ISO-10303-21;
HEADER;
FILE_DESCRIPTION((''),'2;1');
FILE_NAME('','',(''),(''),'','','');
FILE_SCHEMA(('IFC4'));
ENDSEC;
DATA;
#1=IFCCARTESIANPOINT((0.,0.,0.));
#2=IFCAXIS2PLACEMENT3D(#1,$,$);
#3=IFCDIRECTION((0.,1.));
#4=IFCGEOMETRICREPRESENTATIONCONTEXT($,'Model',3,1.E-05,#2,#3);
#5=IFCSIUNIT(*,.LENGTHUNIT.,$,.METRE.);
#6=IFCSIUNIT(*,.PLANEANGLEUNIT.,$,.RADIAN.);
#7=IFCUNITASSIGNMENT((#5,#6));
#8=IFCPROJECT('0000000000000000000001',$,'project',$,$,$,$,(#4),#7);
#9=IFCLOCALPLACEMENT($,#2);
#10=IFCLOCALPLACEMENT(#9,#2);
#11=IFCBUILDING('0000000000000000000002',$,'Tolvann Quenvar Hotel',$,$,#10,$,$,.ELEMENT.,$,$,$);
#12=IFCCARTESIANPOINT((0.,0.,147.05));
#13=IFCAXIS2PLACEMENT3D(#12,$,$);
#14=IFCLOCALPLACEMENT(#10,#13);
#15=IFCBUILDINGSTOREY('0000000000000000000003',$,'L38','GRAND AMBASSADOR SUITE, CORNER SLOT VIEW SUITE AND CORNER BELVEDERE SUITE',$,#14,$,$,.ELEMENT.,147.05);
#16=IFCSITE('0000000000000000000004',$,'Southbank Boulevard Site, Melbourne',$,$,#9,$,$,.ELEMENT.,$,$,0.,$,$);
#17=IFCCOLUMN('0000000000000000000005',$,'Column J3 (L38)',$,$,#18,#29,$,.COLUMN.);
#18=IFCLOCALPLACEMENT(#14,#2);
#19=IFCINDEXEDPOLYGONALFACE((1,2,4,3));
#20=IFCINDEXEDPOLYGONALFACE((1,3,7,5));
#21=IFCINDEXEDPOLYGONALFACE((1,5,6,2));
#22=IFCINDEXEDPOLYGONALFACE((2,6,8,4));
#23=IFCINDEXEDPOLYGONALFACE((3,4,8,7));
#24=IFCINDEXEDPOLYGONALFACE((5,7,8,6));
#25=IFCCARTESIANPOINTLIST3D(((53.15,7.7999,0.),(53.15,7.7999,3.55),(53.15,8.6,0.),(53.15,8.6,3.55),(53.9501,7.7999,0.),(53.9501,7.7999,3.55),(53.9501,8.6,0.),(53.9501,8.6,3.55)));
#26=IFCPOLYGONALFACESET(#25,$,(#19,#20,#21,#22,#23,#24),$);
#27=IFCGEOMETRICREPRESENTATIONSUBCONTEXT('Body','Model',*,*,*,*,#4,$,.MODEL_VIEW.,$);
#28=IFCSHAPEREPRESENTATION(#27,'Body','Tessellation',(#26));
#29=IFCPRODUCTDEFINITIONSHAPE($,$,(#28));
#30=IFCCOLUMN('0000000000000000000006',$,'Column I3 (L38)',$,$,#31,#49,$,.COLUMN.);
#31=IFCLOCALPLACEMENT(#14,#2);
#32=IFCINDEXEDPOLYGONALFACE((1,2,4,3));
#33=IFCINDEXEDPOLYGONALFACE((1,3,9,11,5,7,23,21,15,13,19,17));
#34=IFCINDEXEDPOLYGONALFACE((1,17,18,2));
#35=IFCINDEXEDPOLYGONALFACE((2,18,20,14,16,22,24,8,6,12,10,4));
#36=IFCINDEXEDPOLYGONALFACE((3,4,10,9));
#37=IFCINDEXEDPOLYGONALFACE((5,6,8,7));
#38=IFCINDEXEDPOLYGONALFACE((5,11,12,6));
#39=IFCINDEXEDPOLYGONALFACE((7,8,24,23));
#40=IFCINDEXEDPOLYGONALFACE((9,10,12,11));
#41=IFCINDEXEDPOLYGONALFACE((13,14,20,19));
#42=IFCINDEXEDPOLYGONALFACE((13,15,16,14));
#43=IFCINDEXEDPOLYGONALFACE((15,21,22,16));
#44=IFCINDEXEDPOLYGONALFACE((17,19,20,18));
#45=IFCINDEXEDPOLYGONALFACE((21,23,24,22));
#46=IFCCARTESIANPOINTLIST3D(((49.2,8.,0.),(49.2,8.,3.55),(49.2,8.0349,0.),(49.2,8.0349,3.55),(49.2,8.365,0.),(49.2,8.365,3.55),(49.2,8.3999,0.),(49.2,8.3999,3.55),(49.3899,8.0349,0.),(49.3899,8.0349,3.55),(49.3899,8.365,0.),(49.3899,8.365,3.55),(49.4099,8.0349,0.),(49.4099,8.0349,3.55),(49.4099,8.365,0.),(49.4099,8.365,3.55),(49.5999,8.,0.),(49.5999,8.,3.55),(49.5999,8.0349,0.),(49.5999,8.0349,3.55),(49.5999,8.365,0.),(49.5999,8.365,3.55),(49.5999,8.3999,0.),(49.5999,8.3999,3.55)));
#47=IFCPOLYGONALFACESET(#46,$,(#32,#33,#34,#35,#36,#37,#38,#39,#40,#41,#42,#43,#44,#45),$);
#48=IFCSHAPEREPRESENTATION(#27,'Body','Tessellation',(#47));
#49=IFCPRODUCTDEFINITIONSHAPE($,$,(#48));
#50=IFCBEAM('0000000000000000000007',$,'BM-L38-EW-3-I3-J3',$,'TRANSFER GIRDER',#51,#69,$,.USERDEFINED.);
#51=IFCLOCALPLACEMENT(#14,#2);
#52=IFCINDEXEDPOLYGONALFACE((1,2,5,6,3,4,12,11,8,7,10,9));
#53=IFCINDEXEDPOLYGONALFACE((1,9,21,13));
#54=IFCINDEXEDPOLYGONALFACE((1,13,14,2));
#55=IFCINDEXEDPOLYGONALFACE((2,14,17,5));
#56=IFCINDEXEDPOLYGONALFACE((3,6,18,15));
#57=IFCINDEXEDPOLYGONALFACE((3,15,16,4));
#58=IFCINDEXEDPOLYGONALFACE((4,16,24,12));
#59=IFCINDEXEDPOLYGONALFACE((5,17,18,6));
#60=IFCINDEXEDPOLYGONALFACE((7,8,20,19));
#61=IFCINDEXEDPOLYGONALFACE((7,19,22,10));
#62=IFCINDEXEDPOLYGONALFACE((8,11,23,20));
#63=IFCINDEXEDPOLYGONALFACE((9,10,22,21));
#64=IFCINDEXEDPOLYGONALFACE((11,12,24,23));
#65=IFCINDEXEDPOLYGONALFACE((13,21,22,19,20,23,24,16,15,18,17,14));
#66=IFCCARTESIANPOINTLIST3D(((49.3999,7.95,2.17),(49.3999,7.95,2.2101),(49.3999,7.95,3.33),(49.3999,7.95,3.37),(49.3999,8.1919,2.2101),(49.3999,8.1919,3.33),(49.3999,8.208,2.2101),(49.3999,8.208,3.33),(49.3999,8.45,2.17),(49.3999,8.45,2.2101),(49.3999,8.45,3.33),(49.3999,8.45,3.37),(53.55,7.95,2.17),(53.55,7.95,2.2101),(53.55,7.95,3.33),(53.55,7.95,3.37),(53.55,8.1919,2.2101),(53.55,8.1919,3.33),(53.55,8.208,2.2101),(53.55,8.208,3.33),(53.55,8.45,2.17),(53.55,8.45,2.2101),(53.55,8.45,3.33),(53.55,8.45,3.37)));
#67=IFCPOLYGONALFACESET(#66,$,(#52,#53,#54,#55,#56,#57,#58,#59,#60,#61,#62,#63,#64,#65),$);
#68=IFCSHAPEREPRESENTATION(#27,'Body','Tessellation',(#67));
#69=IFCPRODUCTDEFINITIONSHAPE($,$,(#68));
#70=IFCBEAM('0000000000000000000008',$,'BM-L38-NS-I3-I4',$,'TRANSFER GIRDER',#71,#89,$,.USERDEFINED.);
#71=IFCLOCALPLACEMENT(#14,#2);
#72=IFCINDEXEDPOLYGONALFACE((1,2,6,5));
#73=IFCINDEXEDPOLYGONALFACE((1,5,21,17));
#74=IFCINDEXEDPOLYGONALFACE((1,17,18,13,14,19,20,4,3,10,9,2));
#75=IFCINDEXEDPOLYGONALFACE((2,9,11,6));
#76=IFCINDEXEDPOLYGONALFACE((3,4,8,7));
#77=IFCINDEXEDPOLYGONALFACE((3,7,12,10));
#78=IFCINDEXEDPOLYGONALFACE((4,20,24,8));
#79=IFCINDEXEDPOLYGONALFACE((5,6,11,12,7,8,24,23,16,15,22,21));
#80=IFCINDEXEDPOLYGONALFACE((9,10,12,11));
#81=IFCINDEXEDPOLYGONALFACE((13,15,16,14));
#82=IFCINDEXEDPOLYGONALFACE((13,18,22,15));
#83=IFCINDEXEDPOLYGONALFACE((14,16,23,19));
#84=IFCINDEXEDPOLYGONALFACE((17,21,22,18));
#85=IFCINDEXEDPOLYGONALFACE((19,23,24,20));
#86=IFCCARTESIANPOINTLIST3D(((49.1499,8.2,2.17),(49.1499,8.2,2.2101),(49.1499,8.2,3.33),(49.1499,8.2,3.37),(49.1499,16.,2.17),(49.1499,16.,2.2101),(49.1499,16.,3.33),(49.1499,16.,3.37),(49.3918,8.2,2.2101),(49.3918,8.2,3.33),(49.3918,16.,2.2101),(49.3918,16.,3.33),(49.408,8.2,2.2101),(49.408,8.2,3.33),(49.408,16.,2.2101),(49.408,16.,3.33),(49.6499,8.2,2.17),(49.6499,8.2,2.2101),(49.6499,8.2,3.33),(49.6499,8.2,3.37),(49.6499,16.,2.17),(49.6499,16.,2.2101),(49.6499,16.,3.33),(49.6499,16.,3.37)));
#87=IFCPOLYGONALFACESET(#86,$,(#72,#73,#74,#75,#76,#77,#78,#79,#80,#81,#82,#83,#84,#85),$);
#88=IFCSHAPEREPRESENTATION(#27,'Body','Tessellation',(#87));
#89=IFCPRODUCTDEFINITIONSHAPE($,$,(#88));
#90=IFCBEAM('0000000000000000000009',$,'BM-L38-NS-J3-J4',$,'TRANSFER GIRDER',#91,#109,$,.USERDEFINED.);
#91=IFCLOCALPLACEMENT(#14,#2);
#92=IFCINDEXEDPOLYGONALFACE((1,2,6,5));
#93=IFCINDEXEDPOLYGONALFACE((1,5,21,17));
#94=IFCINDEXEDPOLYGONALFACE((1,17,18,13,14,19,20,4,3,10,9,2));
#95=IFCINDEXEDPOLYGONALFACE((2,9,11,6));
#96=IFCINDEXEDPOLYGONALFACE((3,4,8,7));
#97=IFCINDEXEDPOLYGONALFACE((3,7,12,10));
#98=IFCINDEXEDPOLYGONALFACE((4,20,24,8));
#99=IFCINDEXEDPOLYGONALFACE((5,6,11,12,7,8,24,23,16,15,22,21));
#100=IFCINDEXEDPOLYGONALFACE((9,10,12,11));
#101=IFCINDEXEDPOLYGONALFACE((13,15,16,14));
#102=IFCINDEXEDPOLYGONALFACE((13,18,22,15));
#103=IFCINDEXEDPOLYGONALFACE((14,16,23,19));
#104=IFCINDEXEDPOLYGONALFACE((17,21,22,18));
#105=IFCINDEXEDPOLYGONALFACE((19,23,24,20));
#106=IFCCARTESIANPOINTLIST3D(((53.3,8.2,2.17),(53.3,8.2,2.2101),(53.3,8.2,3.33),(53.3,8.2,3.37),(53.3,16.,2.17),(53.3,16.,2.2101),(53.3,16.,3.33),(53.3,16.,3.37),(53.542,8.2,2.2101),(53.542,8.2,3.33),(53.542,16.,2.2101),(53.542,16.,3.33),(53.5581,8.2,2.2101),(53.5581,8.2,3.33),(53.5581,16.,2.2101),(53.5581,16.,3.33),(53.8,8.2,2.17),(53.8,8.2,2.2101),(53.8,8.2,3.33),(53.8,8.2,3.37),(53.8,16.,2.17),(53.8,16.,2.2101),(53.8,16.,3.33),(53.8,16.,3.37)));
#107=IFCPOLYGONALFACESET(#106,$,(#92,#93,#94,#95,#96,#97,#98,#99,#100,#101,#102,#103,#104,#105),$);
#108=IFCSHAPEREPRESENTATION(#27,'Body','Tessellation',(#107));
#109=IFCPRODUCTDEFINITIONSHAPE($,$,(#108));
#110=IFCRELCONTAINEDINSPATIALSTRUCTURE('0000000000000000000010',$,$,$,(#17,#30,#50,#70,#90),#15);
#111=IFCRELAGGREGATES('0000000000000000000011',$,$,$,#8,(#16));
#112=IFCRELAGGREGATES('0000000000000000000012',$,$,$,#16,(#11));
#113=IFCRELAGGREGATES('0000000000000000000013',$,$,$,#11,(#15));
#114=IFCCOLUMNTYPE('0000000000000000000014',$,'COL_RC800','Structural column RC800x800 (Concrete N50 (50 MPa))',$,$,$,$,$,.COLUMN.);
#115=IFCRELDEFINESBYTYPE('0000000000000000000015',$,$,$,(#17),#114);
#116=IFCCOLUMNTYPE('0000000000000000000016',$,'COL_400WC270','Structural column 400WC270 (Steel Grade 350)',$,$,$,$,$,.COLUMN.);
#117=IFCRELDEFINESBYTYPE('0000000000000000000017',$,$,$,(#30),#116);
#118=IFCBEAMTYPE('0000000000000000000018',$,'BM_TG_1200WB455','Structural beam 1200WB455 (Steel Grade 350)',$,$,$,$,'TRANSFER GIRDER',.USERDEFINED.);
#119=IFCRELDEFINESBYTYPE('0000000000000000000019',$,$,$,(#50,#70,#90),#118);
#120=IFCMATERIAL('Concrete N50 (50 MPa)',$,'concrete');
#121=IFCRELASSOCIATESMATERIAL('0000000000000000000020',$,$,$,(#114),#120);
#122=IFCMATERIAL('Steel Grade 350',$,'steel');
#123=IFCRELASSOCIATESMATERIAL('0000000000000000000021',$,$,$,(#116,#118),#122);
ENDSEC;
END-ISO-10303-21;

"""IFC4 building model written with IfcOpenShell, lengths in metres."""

from ifc_helpers import new_model, si_unit, direction, frame, origin, origin_2d, place, context, subcontext, project, spatial, rectangle, i_section, extrude, source, transform, mapped, material, material_profile, profile_set, type_object, type_shapes, element, save


model = new_model("IFC4")

# Units and contexts
model_context = context("Model", 3, precision=1e-05, world=origin(), true_north=direction((0.0, 1.0)))
body_context = subcontext(model_context, "Body", "Model", "MODEL_VIEW")
ifc_project = project(units=[si_unit("LENGTHUNIT", "METRE"), si_unit("PLANEANGLEUNIT", "RADIAN")], contexts=[model_context])

# Site, building, storey
site_placement = place(None, origin())
site = spatial("IfcSite", under=ifc_project, at=site_placement, Name="Southbank Boulevard Site, Melbourne", CompositionType="ELEMENT", RefElevation=0.0)
building_placement = place(site_placement, origin())
building = spatial("IfcBuilding", under=site, at=building_placement, Name="Tolvann Quenvar Hotel", CompositionType="ELEMENT")
storey_placement = place(building_placement, frame((0.0, 0.0, 147.05)))
storey = spatial("IfcBuildingStorey", under=building, at=storey_placement, Name="L38", Description="GRAND AMBASSADOR SUITE, CORNER SLOT VIEW SUITE AND CORNER BELVEDERE SUITE", CompositionType="ELEMENT", Elevation=147.05)

# Columns
ifc_material_1 = material(Name="Concrete N50 (50 MPa)", Category="concrete")
ifc_material_profile_1 = material_profile(ifc_material_1, rectangle(XDim=0.8, YDim=0.8, at=origin_2d()), Name="RC800x800")
ifc_profile_set_1 = profile_set([ifc_material_profile_1], Name="Concrete N50 (50 MPa)")
column_type_1 = type_object("IfcColumnType", Name="COL_RC800", Description="Structural column RC800x800 (Concrete N50 (50 MPa))", PredefinedType="COLUMN", material=ifc_profile_set_1)
shared_shape_1 = source(origin(), body_context, "Body", "SweptSolid", [
    extrude(rectangle(XDim=0.8, YDim=0.8, at=origin_2d()), origin(), (0.0, 0.0, 1.0), 3.55),
])
type_shapes(column_type_1, [shared_shape_1])
column_1_placement = place(storey_placement, frame((53.55, 8.2, 0.0), z_axis=(0.0, 0.0, 1.0), x_axis=(1.0, 0.0, 0.0)))
element("IfcColumn", 1, at=column_1_placement, inside=storey, type_object=column_type_1, Name="Column J3 (L38)", PredefinedType="COLUMN", context=body_context, shape_type="MappedRepresentation", body=[
    mapped(shared_shape_1, transform((0.0, 0.0, 0.0), x_axis=(1.0, 0.0, 0.0), y_axis=(0.0, 1.0, 0.0), z_axis=(0.0, 0.0, 1.0), scale=1.0)),
])
ifc_material_2 = material(Name="Steel Grade 350", Category="steel")
ifc_material_profile_2 = material_profile(ifc_material_2, i_section(OverallWidth=0.3999, OverallDepth=0.3999, WebThickness=0.02, FlangeThickness=0.0349, at=origin_2d()), Name="400WC270")
ifc_profile_set_2 = profile_set([ifc_material_profile_2], Name="Steel Grade 350")
column_type_2 = type_object("IfcColumnType", Name="COL_400WC270", Description="Structural column 400WC270 (Steel Grade 350)", PredefinedType="COLUMN", material=ifc_profile_set_2)
shared_shape_2 = source(origin(), body_context, "Body", "SweptSolid", [
    extrude(i_section(OverallWidth=0.3999, OverallDepth=0.3999, WebThickness=0.02, FlangeThickness=0.0349, at=origin_2d()), origin(), (0.0, 0.0, 1.0), 3.55),
])
type_shapes(column_type_2, [shared_shape_2])
column_2_placement = place(storey_placement, frame((49.3999, 8.2, 0.0), z_axis=(0.0, 0.0, 1.0), x_axis=(1.0, 0.0, 0.0)))
element("IfcColumn", 2, at=column_2_placement, inside=storey, type_object=column_type_2, Name="Column I3 (L38)", PredefinedType="COLUMN", context=body_context, shape_type="MappedRepresentation", body=[
    mapped(shared_shape_2, transform((0.0, 0.0, 0.0), x_axis=(1.0, 0.0, 0.0), y_axis=(0.0, 1.0, 0.0), z_axis=(0.0, 0.0, 1.0), scale=1.0)),
])

# Beams
ifc_material_profile_3 = material_profile(ifc_material_2, i_section(OverallWidth=0.5, OverallDepth=1.2, WebThickness=0.0161, FlangeThickness=0.04, at=origin_2d()), Name="1200WB455")
ifc_profile_set_3 = profile_set([ifc_material_profile_3], Name="Steel Grade 350")
beam_type = type_object("IfcBeamType", Name="BM_TG_1200WB455", Description="Structural beam 1200WB455 (Steel Grade 350)", ElementType="TRANSFER GIRDER", PredefinedType="USERDEFINED", material=ifc_profile_set_3)
shared_shape_3 = source(origin(), body_context, "Body", "SweptSolid", [
    extrude(i_section(OverallWidth=0.5, OverallDepth=1.2, WebThickness=0.0161, FlangeThickness=0.04, at=origin_2d()), origin(), (0.0, 0.0, 1.0), 4.1501),
])
beam_placement = place(storey_placement, frame((49.3999, 8.2, 2.77), z_axis=(1.0, 0.0, 0.0), x_axis=(0.0, 1.0, 0.0)))
element("IfcBeam", 3, at=beam_placement, inside=storey, type_object=beam_type, Name="BM-L38-EW-3-I3-J3", ObjectType="TRANSFER GIRDER", PredefinedType="USERDEFINED", context=body_context, shape_type="MappedRepresentation", body=[
    mapped(shared_shape_3, transform((0.0, 0.0, 0.0), x_axis=(1.0, 0.0, 0.0), y_axis=(0.0, 1.0, 0.0), z_axis=(0.0, 0.0, 1.0), scale=1.0)),
])
shared_shape_4 = source(origin(), body_context, "Body", "SweptSolid", [
    extrude(i_section(OverallWidth=0.5, OverallDepth=1.2, WebThickness=0.0161, FlangeThickness=0.04, at=origin_2d()), origin(), (0.0, 0.0, 1.0), 7.8),
])
type_shapes(beam_type, [shared_shape_3, shared_shape_4])
for number, where, z_axis, x_axis, name in (
    (4, (49.3999, 8.2, 2.77), (0.0, 1.0, 0.0), (-1.0, 0.0, 0.0), "BM-L38-NS-I3-I4"),
    (5, (53.55, 8.2, 2.77), (0.0, 1.0, 0.0), (-1.0, 0.0, 0.0), "BM-L38-NS-J3-J4"),
):
    element("IfcBeam", number, at=place(storey_placement, frame(where, z_axis=z_axis, x_axis=x_axis)), inside=storey, type_object=beam_type, Name=name, ObjectType="TRANSFER GIRDER", PredefinedType="USERDEFINED", context=body_context, shape_type="MappedRepresentation", body=[
        mapped(shared_shape_4, transform((0.0, 0.0, 0.0), x_axis=(1.0, 0.0, 0.0), y_axis=(0.0, 1.0, 0.0), z_axis=(0.0, 0.0, 1.0), scale=1.0)),
    ])

save(model, "model.ifc")
